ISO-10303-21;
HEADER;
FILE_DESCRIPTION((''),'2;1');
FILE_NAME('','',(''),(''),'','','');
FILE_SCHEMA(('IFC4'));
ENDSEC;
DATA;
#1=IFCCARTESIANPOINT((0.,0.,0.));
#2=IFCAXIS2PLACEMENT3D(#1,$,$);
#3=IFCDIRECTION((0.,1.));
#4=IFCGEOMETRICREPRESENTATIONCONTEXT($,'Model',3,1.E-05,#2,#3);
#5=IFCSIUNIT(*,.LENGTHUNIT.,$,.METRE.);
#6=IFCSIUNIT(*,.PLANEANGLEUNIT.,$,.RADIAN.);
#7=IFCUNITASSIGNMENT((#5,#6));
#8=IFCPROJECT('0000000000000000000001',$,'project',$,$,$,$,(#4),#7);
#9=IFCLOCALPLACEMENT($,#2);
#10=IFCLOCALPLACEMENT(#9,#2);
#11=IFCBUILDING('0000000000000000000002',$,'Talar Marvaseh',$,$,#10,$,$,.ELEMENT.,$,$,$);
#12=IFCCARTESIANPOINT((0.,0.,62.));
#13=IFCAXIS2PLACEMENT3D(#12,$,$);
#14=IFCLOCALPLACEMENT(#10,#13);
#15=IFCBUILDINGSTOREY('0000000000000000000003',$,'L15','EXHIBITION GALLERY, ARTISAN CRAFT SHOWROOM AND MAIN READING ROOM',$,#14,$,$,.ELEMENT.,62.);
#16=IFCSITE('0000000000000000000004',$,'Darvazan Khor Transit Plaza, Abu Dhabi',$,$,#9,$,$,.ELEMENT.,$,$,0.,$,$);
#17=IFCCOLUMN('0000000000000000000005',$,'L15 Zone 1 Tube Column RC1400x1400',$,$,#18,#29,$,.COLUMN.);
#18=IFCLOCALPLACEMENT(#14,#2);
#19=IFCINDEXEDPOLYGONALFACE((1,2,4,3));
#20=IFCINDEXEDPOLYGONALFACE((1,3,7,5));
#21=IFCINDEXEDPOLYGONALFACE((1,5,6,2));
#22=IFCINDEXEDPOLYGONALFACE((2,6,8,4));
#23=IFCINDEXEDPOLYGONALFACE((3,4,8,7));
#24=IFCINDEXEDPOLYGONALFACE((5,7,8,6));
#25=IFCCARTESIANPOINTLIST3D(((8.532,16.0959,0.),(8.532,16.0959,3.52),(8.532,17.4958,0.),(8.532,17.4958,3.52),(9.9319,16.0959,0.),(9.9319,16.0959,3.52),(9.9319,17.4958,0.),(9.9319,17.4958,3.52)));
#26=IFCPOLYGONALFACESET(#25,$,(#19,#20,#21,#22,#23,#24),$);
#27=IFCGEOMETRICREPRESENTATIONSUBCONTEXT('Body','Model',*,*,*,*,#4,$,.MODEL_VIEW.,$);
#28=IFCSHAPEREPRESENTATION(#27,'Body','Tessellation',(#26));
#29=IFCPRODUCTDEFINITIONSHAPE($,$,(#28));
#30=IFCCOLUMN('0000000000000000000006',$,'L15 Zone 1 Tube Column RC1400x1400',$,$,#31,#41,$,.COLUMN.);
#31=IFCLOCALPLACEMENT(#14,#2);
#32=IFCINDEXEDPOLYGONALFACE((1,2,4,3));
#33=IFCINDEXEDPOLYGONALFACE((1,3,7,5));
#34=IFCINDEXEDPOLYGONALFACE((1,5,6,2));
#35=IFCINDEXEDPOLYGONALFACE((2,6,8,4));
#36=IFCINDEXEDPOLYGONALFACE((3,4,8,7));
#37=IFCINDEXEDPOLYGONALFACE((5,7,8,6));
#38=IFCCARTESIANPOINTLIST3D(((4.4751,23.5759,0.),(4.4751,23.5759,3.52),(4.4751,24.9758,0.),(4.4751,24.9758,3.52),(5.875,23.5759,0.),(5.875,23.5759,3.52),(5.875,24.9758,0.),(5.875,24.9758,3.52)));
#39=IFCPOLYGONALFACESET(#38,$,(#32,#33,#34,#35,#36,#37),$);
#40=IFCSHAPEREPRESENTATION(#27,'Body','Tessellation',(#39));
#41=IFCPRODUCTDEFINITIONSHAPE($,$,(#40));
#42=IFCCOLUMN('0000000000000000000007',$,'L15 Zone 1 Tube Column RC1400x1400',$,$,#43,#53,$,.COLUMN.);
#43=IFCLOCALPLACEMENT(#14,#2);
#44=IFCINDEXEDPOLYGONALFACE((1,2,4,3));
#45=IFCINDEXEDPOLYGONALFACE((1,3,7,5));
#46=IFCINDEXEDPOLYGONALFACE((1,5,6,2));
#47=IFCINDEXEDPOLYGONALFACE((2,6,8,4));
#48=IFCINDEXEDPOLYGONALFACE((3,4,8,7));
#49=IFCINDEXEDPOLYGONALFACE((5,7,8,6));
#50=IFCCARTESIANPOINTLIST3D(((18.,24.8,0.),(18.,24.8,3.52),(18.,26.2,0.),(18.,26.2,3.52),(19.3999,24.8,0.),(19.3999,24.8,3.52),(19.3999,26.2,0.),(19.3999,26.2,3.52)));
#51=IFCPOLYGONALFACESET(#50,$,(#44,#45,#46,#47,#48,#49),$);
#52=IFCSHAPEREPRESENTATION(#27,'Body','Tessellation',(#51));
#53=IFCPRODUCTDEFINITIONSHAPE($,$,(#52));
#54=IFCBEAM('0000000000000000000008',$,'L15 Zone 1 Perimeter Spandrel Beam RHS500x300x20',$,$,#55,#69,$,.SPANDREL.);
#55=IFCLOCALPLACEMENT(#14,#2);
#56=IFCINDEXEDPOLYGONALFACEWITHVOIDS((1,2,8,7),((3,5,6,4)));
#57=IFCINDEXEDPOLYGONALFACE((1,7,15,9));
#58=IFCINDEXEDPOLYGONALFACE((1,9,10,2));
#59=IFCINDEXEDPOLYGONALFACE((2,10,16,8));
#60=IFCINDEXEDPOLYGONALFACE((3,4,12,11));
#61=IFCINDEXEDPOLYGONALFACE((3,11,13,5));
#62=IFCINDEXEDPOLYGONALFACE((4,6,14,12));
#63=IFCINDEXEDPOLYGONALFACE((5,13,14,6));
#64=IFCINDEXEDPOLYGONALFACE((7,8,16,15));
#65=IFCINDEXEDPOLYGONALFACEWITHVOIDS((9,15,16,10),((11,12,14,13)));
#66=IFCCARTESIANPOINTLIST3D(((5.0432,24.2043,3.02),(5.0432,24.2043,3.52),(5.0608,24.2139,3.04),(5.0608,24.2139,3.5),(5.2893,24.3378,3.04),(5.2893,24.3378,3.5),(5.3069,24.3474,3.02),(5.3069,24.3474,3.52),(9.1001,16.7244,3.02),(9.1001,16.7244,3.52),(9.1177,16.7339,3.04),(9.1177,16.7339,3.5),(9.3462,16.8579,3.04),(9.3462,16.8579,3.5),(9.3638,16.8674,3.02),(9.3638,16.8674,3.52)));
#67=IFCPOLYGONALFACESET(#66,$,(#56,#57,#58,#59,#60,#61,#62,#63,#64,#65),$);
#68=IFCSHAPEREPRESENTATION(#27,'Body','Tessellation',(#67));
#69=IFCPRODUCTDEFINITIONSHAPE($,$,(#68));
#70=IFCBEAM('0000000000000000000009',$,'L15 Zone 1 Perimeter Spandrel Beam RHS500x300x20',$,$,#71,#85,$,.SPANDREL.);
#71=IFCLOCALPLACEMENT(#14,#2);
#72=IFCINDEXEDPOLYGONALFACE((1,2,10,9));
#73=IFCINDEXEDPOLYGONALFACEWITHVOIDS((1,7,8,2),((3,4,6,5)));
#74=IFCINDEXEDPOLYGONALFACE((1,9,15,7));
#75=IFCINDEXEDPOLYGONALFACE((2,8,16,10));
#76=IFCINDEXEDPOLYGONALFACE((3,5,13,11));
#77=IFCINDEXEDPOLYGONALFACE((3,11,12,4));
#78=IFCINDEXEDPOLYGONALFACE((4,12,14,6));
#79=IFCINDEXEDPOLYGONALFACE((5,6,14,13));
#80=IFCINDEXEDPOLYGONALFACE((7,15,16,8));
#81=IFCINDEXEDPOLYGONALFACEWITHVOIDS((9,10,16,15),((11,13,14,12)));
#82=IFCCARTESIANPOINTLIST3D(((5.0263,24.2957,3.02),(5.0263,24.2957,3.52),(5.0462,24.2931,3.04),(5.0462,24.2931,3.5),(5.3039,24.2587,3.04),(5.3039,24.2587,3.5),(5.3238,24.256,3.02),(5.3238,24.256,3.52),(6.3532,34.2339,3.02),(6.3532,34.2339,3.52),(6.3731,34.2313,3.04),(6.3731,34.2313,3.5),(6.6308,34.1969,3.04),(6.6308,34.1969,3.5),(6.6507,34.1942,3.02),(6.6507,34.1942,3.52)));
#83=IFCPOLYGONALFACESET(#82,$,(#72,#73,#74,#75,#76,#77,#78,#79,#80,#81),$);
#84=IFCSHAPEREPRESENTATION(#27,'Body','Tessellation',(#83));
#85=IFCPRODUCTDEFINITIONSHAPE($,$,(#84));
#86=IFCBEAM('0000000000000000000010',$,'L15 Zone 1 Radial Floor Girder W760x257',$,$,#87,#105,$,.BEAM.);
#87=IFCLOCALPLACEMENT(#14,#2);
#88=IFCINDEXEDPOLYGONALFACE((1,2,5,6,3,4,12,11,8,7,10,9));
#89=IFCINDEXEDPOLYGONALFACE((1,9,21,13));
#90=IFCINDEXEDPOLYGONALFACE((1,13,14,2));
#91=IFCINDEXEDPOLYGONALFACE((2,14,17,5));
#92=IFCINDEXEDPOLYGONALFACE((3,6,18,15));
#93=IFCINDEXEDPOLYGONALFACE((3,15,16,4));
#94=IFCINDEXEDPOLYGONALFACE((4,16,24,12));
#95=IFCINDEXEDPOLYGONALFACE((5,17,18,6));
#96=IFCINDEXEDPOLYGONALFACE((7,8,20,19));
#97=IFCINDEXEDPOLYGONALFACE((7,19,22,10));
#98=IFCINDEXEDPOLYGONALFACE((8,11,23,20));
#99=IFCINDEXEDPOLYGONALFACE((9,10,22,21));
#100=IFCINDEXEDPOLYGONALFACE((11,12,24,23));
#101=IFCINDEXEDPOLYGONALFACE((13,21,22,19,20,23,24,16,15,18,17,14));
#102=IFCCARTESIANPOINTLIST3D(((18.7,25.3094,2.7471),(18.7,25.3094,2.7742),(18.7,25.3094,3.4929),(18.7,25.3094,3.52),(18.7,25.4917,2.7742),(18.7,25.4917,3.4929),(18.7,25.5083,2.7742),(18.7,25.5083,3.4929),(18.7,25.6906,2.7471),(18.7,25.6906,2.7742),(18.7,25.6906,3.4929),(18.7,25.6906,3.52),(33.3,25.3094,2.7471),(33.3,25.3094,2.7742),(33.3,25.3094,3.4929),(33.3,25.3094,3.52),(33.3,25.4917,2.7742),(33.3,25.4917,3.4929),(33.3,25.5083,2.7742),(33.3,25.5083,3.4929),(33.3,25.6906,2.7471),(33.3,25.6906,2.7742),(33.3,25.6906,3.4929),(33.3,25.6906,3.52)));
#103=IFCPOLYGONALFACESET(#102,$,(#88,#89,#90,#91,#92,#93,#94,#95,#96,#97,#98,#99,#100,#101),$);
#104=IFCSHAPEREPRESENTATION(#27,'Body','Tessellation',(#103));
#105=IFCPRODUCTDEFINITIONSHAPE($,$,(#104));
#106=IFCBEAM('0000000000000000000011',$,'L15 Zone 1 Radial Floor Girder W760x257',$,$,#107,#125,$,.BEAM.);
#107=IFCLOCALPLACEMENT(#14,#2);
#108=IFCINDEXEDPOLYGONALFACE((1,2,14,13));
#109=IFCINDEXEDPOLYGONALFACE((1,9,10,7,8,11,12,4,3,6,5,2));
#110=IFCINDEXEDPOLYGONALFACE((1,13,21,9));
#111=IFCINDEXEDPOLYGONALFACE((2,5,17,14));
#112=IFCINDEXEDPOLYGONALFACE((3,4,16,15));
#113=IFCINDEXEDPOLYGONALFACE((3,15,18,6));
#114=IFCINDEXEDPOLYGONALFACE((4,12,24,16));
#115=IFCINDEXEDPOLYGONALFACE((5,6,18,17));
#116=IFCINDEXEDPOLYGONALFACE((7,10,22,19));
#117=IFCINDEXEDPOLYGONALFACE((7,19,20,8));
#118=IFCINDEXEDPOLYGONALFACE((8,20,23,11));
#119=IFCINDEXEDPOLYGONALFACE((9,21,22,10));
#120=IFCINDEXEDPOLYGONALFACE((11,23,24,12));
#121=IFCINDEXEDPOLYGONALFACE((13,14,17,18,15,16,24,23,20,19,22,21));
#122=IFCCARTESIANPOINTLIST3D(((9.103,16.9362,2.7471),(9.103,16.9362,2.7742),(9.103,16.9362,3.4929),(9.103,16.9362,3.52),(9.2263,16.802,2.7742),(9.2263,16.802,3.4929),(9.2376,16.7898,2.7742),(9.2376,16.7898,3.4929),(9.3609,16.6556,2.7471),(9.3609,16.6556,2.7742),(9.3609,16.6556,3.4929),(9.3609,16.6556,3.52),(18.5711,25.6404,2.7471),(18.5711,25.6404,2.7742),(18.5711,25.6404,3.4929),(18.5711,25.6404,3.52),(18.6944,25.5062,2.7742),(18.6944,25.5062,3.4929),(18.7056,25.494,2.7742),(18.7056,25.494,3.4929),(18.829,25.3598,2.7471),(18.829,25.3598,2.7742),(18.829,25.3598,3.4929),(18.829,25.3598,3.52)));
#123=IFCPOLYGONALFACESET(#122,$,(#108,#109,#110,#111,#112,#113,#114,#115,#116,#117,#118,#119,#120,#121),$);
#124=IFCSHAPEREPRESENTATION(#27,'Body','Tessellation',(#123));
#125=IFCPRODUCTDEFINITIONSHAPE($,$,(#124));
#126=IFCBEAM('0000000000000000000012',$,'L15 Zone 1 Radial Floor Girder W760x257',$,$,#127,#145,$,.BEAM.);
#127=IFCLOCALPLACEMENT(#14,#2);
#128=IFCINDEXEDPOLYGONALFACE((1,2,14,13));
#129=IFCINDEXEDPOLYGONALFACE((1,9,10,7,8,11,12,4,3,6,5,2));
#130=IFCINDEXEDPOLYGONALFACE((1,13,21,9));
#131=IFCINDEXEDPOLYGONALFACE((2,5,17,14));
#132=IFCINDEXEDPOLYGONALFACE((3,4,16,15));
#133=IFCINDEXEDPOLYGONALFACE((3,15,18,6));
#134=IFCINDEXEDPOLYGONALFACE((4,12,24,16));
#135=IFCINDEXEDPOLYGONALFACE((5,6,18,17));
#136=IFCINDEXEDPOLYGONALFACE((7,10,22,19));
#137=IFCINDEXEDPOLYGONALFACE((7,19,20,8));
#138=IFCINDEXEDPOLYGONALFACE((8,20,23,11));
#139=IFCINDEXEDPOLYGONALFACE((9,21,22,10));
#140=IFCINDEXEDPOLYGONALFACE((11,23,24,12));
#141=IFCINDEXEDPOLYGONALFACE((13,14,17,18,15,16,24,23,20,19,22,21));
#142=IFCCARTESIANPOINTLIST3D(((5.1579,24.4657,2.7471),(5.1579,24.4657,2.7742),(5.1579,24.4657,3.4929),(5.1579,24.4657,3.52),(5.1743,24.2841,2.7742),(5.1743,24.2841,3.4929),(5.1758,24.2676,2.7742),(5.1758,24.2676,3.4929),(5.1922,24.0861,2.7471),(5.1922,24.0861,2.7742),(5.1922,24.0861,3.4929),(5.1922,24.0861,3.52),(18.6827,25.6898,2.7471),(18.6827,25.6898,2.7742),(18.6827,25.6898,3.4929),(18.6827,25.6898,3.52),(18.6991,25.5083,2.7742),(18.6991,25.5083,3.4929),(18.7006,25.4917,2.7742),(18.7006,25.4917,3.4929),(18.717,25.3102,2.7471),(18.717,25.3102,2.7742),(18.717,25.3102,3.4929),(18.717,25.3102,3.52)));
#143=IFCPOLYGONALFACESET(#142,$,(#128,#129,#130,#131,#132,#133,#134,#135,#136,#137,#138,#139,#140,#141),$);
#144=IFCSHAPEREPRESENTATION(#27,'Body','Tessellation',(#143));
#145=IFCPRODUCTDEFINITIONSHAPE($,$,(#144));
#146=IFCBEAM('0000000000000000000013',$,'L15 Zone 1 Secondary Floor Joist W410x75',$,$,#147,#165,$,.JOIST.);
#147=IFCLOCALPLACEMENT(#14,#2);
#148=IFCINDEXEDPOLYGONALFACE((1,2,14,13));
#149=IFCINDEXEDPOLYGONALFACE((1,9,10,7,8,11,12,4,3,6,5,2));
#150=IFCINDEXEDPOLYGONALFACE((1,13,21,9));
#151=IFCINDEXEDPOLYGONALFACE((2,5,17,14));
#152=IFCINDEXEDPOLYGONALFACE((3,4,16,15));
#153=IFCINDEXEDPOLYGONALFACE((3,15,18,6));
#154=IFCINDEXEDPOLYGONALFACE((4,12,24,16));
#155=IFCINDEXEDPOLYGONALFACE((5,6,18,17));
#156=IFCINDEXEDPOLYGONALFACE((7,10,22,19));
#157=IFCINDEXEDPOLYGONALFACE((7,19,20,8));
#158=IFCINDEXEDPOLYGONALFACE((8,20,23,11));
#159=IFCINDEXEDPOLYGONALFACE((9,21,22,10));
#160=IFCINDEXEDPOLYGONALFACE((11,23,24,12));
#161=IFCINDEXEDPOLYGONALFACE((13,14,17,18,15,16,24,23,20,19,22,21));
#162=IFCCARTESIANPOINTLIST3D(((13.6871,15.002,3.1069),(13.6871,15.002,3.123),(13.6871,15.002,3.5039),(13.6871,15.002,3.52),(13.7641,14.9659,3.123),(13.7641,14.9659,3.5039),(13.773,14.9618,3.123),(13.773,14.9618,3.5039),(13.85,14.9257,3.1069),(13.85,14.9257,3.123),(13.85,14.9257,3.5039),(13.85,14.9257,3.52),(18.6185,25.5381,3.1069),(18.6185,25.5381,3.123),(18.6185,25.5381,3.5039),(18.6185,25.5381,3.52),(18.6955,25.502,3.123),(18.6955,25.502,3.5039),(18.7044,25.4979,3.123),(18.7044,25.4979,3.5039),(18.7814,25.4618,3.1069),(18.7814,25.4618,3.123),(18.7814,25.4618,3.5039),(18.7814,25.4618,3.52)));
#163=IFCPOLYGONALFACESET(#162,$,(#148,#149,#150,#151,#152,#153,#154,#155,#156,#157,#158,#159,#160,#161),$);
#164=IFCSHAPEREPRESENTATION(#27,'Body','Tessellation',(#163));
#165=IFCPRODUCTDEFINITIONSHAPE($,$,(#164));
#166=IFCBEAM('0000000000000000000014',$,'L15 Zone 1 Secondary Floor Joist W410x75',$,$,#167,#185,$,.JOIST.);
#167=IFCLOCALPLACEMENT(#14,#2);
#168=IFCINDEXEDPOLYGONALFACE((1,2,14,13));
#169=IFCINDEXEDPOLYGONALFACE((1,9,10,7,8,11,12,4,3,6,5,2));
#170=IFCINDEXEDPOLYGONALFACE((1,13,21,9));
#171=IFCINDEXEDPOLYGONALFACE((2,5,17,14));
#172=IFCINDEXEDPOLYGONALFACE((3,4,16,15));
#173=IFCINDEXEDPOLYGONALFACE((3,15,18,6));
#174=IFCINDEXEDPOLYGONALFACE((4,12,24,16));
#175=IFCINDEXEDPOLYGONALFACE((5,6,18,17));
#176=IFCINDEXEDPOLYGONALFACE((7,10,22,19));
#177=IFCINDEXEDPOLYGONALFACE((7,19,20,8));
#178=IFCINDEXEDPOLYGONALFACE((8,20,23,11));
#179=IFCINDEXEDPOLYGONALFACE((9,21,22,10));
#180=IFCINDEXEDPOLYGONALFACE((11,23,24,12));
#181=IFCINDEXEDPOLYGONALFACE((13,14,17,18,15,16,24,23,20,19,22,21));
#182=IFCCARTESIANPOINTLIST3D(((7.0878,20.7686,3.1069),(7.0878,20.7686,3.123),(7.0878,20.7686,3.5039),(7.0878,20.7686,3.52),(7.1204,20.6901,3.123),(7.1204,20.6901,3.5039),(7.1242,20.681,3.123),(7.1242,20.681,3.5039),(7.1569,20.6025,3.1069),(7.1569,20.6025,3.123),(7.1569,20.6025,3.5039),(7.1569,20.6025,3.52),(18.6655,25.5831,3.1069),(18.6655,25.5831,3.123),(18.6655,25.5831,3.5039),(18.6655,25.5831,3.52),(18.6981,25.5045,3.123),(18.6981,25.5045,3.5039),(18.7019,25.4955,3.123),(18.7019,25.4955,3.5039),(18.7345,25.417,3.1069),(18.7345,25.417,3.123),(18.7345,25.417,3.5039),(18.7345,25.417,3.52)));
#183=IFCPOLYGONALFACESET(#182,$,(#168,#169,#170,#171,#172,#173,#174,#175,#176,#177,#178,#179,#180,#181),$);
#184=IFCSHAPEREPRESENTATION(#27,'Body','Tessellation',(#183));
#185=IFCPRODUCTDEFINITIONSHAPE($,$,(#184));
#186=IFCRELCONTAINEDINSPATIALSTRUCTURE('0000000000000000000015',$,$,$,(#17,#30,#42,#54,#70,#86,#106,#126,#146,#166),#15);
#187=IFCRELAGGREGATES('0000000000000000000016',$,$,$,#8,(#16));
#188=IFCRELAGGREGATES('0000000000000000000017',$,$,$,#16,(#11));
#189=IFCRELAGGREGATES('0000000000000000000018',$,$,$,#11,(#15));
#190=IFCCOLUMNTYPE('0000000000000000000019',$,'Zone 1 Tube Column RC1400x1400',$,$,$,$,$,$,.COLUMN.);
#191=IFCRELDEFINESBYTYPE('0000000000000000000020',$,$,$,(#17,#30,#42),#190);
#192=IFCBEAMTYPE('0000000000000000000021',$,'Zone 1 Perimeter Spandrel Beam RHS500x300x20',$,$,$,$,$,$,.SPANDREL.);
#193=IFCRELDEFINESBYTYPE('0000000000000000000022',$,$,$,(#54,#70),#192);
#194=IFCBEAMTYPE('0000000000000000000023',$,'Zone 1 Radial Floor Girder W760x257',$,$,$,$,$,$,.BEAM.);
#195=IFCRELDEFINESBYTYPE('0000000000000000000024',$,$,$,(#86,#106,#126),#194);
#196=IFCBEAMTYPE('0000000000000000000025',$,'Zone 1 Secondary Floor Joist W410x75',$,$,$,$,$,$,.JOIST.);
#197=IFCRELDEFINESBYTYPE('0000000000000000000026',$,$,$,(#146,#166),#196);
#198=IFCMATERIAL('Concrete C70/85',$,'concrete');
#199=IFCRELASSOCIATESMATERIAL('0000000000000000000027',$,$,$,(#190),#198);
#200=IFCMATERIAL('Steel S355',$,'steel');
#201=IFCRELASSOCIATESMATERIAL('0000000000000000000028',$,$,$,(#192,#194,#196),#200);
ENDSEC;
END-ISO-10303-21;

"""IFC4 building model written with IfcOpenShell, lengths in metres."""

from ifc_helpers import new_model, si_unit, direction, frame, origin, origin_2d, place, context, subcontext, project, spatial, rectangle, hollow_rectangle, i_section, extrude, material, material_profile, profile_set, type_object, element, save


model = new_model("IFC4")

# Units and contexts
model_context = context("Model", 3, precision=1e-05, world=origin(), true_north=direction((0.0, 1.0)))
body_context = subcontext(model_context, "Body", "Model", "MODEL_VIEW")
ifc_project = project(units=[si_unit("LENGTHUNIT", "METRE"), si_unit("PLANEANGLEUNIT", "RADIAN")], contexts=[model_context])

# Site, building, storey
site_placement = place(None, origin())
site = spatial("IfcSite", under=ifc_project, at=site_placement, Name="Darvazan Khor Transit Plaza, Abu Dhabi", CompositionType="ELEMENT", RefElevation=0.0)
building_placement = place(site_placement, origin())
building = spatial("IfcBuilding", under=site, at=building_placement, Name="Talar Marvaseh", CompositionType="ELEMENT")
storey_placement = place(building_placement, frame((0.0, 0.0, 62.0)))
storey = spatial("IfcBuildingStorey", under=building, at=storey_placement, Name="L15", Description="EXHIBITION GALLERY, ARTISAN CRAFT SHOWROOM AND MAIN READING ROOM", CompositionType="ELEMENT", Elevation=62.0)

# Columns
ifc_material_1 = material(Name="Concrete C70/85", Category="concrete")
ifc_material_profile_1 = material_profile(ifc_material_1, rectangle(XDim=1.3999, YDim=1.3999, at=origin_2d()), Name="RC1400x1400")
ifc_profile_set_1 = profile_set([ifc_material_profile_1], Name="Concrete C70/85")
column_type = type_object("IfcColumnType", Name="Zone 1 Tube Column RC1400x1400", PredefinedType="COLUMN", material=ifc_profile_set_1)
for number, where, z_axis, x_axis, name in (
    (1, (9.2319, 16.7959, 0.0), (0.0, 0.0, 1.0), (1.0, 0.0, 0.0), "L15 Zone 1 Tube Column RC1400x1400"),
    (2, (5.175, 24.2759, 0.0), (0.0, 0.0, 1.0), (1.0, 0.0, 0.0), "L15 Zone 1 Tube Column RC1400x1400"),
    (3, (18.7, 25.5, 0.0), (0.0, 0.0, 1.0), (1.0, 0.0, 0.0), "L15 Zone 1 Tube Column RC1400x1400"),
):
    element("IfcColumn", number, at=place(storey_placement, frame(where, z_axis=z_axis, x_axis=x_axis)), inside=storey, type_object=column_type, Name=name, PredefinedType="COLUMN", context=body_context, shape_type="SweptSolid", body=[
        extrude(rectangle(XDim=1.3999, YDim=1.3999, at=origin_2d()), origin(), (0.0, 0.0, 1.0), 3.52),
    ])

# Beams
ifc_material_2 = material(Name="Steel S355", Category="steel")
ifc_material_profile_2 = material_profile(ifc_material_2, hollow_rectangle(XDim=0.3, YDim=0.5, WallThickness=0.02, at=origin_2d()), Name="RHS500x300x20")
ifc_profile_set_2 = profile_set([ifc_material_profile_2], Name="Steel S355")
beam_type_1 = type_object("IfcBeamType", Name="Zone 1 Perimeter Spandrel Beam RHS500x300x20", PredefinedType="SPANDREL", material=ifc_profile_set_2)
beam_1_placement = place(storey_placement, frame((9.2319, 16.7959, 3.27), z_axis=(-0.476758, 0.879035, 0.0), x_axis=(-0.879035, -0.476758, 0.0)))
element("IfcBeam", 4, at=beam_1_placement, inside=storey, type_object=beam_type_1, Name="L15 Zone 1 Perimeter Spandrel Beam RHS500x300x20", PredefinedType="SPANDREL", context=body_context, shape_type="SweptSolid", body=[
    extrude(hollow_rectangle(XDim=0.3, YDim=0.5, WallThickness=0.02, at=origin_2d()), origin(), (0.0, 0.0, 1.0), 8.5093),
])
beam_2_placement = place(storey_placement, frame((5.175, 24.2759, 3.27), z_axis=(0.132341, 0.991204, 0.0), x_axis=(-0.991204, 0.132341, 0.0)))
element("IfcBeam", 5, at=beam_2_placement, inside=storey, type_object=beam_type_1, Name="L15 Zone 1 Perimeter Spandrel Beam RHS500x300x20", PredefinedType="SPANDREL", context=body_context, shape_type="SweptSolid", body=[
    extrude(hollow_rectangle(XDim=0.3, YDim=0.5, WallThickness=0.02, at=origin_2d()), origin(), (0.0, 0.0, 1.0), 10.0264),
])
ifc_material_profile_3 = material_profile(ifc_material_2, i_section(OverallWidth=0.3811, OverallDepth=0.7729, WebThickness=0.0166, FlangeThickness=0.0271, at=origin_2d()), Name="W760x257")
ifc_profile_set_3 = profile_set([ifc_material_profile_3], Name="Steel S355")
beam_type_2 = type_object("IfcBeamType", Name="Zone 1 Radial Floor Girder W760x257", PredefinedType="BEAM", material=ifc_profile_set_3)
beam_3_placement = place(storey_placement, frame((18.7, 25.5, 3.1335), z_axis=(1.0, 0.0, 0.0), x_axis=(0.0, 1.0, 0.0)))
element("IfcBeam", 6, at=beam_3_placement, inside=storey, type_object=beam_type_2, Name="L15 Zone 1 Radial Floor Girder W760x257", PredefinedType="BEAM", context=body_context, shape_type="SweptSolid", body=[
    extrude(i_section(OverallWidth=0.3811, OverallDepth=0.7729, WebThickness=0.0166, FlangeThickness=0.0271, at=origin_2d()), origin(), (0.0, 0.0, 1.0), 14.6001),
])
beam_4_placement = place(storey_placement, frame((9.2319, 16.7959, 3.1335), z_axis=(0.736182, 0.676784, 0.0), x_axis=(-0.676784, 0.736182, 0.0)))
element("IfcBeam", 7, at=beam_4_placement, inside=storey, type_object=beam_type_2, Name="L15 Zone 1 Radial Floor Girder W760x257", PredefinedType="BEAM", context=body_context, shape_type="SweptSolid", body=[
    extrude(i_section(OverallWidth=0.3811, OverallDepth=0.7729, WebThickness=0.0166, FlangeThickness=0.0271, at=origin_2d()), origin(), (0.0, 0.0, 1.0), 12.8611),
])
beam_5_placement = place(storey_placement, frame((5.175, 24.2759, 3.1335), z_axis=(0.995929, 0.09014, 0.0), x_axis=(-0.09014, 0.995929, 0.0)))
element("IfcBeam", 8, at=beam_5_placement, inside=storey, type_object=beam_type_2, Name="L15 Zone 1 Radial Floor Girder W760x257", PredefinedType="BEAM", context=body_context, shape_type="SweptSolid", body=[
    extrude(i_section(OverallWidth=0.3811, OverallDepth=0.7729, WebThickness=0.0166, FlangeThickness=0.0271, at=origin_2d()), origin(), (0.0, 0.0, 1.0), 13.5801),
])
ifc_material_profile_4 = material_profile(ifc_material_2, i_section(OverallWidth=0.1799, OverallDepth=0.4131, WebThickness=0.0098, FlangeThickness=0.0161, at=origin_2d()), Name="W410x75")
ifc_profile_set_4 = profile_set([ifc_material_profile_4], Name="Steel S355")
beam_type_3 = type_object("IfcBeamType", Name="Zone 1 Secondary Floor Joist W410x75", PredefinedType="JOIST", material=ifc_profile_set_4)
beam_6_placement = place(storey_placement, frame((13.7686, 14.9639, 3.3135), z_axis=(0.423911, 0.905704, 0.0), x_axis=(-0.905704, 0.423911, 0.0)))
element("IfcBeam", 9, at=beam_6_placement, inside=storey, type_object=beam_type_3, Name="L15 Zone 1 Secondary Floor Joist W410x75", PredefinedType="JOIST", context=body_context, shape_type="SweptSolid", body=[
    extrude(i_section(OverallWidth=0.1799, OverallDepth=0.4131, WebThickness=0.0098, FlangeThickness=0.0161, at=origin_2d()), origin(), (0.0, 0.0, 1.0), 11.6331),
])
beam_7_placement = place(storey_placement, frame((7.1223, 20.6855, 3.3135), z_axis=(0.923347, 0.383965, 0.0), x_axis=(-0.383965, 0.923347, 0.0)))
element("IfcBeam", 10, at=beam_7_placement, inside=storey, type_object=beam_type_3, Name="L15 Zone 1 Secondary Floor Joist W410x75", PredefinedType="JOIST", context=body_context, shape_type="SweptSolid", body=[
    extrude(i_section(OverallWidth=0.1799, OverallDepth=0.4131, WebThickness=0.0098, FlangeThickness=0.0161, at=origin_2d()), origin(), (0.0, 0.0, 1.0), 12.5388),
])

save(model, "model.ifc")
